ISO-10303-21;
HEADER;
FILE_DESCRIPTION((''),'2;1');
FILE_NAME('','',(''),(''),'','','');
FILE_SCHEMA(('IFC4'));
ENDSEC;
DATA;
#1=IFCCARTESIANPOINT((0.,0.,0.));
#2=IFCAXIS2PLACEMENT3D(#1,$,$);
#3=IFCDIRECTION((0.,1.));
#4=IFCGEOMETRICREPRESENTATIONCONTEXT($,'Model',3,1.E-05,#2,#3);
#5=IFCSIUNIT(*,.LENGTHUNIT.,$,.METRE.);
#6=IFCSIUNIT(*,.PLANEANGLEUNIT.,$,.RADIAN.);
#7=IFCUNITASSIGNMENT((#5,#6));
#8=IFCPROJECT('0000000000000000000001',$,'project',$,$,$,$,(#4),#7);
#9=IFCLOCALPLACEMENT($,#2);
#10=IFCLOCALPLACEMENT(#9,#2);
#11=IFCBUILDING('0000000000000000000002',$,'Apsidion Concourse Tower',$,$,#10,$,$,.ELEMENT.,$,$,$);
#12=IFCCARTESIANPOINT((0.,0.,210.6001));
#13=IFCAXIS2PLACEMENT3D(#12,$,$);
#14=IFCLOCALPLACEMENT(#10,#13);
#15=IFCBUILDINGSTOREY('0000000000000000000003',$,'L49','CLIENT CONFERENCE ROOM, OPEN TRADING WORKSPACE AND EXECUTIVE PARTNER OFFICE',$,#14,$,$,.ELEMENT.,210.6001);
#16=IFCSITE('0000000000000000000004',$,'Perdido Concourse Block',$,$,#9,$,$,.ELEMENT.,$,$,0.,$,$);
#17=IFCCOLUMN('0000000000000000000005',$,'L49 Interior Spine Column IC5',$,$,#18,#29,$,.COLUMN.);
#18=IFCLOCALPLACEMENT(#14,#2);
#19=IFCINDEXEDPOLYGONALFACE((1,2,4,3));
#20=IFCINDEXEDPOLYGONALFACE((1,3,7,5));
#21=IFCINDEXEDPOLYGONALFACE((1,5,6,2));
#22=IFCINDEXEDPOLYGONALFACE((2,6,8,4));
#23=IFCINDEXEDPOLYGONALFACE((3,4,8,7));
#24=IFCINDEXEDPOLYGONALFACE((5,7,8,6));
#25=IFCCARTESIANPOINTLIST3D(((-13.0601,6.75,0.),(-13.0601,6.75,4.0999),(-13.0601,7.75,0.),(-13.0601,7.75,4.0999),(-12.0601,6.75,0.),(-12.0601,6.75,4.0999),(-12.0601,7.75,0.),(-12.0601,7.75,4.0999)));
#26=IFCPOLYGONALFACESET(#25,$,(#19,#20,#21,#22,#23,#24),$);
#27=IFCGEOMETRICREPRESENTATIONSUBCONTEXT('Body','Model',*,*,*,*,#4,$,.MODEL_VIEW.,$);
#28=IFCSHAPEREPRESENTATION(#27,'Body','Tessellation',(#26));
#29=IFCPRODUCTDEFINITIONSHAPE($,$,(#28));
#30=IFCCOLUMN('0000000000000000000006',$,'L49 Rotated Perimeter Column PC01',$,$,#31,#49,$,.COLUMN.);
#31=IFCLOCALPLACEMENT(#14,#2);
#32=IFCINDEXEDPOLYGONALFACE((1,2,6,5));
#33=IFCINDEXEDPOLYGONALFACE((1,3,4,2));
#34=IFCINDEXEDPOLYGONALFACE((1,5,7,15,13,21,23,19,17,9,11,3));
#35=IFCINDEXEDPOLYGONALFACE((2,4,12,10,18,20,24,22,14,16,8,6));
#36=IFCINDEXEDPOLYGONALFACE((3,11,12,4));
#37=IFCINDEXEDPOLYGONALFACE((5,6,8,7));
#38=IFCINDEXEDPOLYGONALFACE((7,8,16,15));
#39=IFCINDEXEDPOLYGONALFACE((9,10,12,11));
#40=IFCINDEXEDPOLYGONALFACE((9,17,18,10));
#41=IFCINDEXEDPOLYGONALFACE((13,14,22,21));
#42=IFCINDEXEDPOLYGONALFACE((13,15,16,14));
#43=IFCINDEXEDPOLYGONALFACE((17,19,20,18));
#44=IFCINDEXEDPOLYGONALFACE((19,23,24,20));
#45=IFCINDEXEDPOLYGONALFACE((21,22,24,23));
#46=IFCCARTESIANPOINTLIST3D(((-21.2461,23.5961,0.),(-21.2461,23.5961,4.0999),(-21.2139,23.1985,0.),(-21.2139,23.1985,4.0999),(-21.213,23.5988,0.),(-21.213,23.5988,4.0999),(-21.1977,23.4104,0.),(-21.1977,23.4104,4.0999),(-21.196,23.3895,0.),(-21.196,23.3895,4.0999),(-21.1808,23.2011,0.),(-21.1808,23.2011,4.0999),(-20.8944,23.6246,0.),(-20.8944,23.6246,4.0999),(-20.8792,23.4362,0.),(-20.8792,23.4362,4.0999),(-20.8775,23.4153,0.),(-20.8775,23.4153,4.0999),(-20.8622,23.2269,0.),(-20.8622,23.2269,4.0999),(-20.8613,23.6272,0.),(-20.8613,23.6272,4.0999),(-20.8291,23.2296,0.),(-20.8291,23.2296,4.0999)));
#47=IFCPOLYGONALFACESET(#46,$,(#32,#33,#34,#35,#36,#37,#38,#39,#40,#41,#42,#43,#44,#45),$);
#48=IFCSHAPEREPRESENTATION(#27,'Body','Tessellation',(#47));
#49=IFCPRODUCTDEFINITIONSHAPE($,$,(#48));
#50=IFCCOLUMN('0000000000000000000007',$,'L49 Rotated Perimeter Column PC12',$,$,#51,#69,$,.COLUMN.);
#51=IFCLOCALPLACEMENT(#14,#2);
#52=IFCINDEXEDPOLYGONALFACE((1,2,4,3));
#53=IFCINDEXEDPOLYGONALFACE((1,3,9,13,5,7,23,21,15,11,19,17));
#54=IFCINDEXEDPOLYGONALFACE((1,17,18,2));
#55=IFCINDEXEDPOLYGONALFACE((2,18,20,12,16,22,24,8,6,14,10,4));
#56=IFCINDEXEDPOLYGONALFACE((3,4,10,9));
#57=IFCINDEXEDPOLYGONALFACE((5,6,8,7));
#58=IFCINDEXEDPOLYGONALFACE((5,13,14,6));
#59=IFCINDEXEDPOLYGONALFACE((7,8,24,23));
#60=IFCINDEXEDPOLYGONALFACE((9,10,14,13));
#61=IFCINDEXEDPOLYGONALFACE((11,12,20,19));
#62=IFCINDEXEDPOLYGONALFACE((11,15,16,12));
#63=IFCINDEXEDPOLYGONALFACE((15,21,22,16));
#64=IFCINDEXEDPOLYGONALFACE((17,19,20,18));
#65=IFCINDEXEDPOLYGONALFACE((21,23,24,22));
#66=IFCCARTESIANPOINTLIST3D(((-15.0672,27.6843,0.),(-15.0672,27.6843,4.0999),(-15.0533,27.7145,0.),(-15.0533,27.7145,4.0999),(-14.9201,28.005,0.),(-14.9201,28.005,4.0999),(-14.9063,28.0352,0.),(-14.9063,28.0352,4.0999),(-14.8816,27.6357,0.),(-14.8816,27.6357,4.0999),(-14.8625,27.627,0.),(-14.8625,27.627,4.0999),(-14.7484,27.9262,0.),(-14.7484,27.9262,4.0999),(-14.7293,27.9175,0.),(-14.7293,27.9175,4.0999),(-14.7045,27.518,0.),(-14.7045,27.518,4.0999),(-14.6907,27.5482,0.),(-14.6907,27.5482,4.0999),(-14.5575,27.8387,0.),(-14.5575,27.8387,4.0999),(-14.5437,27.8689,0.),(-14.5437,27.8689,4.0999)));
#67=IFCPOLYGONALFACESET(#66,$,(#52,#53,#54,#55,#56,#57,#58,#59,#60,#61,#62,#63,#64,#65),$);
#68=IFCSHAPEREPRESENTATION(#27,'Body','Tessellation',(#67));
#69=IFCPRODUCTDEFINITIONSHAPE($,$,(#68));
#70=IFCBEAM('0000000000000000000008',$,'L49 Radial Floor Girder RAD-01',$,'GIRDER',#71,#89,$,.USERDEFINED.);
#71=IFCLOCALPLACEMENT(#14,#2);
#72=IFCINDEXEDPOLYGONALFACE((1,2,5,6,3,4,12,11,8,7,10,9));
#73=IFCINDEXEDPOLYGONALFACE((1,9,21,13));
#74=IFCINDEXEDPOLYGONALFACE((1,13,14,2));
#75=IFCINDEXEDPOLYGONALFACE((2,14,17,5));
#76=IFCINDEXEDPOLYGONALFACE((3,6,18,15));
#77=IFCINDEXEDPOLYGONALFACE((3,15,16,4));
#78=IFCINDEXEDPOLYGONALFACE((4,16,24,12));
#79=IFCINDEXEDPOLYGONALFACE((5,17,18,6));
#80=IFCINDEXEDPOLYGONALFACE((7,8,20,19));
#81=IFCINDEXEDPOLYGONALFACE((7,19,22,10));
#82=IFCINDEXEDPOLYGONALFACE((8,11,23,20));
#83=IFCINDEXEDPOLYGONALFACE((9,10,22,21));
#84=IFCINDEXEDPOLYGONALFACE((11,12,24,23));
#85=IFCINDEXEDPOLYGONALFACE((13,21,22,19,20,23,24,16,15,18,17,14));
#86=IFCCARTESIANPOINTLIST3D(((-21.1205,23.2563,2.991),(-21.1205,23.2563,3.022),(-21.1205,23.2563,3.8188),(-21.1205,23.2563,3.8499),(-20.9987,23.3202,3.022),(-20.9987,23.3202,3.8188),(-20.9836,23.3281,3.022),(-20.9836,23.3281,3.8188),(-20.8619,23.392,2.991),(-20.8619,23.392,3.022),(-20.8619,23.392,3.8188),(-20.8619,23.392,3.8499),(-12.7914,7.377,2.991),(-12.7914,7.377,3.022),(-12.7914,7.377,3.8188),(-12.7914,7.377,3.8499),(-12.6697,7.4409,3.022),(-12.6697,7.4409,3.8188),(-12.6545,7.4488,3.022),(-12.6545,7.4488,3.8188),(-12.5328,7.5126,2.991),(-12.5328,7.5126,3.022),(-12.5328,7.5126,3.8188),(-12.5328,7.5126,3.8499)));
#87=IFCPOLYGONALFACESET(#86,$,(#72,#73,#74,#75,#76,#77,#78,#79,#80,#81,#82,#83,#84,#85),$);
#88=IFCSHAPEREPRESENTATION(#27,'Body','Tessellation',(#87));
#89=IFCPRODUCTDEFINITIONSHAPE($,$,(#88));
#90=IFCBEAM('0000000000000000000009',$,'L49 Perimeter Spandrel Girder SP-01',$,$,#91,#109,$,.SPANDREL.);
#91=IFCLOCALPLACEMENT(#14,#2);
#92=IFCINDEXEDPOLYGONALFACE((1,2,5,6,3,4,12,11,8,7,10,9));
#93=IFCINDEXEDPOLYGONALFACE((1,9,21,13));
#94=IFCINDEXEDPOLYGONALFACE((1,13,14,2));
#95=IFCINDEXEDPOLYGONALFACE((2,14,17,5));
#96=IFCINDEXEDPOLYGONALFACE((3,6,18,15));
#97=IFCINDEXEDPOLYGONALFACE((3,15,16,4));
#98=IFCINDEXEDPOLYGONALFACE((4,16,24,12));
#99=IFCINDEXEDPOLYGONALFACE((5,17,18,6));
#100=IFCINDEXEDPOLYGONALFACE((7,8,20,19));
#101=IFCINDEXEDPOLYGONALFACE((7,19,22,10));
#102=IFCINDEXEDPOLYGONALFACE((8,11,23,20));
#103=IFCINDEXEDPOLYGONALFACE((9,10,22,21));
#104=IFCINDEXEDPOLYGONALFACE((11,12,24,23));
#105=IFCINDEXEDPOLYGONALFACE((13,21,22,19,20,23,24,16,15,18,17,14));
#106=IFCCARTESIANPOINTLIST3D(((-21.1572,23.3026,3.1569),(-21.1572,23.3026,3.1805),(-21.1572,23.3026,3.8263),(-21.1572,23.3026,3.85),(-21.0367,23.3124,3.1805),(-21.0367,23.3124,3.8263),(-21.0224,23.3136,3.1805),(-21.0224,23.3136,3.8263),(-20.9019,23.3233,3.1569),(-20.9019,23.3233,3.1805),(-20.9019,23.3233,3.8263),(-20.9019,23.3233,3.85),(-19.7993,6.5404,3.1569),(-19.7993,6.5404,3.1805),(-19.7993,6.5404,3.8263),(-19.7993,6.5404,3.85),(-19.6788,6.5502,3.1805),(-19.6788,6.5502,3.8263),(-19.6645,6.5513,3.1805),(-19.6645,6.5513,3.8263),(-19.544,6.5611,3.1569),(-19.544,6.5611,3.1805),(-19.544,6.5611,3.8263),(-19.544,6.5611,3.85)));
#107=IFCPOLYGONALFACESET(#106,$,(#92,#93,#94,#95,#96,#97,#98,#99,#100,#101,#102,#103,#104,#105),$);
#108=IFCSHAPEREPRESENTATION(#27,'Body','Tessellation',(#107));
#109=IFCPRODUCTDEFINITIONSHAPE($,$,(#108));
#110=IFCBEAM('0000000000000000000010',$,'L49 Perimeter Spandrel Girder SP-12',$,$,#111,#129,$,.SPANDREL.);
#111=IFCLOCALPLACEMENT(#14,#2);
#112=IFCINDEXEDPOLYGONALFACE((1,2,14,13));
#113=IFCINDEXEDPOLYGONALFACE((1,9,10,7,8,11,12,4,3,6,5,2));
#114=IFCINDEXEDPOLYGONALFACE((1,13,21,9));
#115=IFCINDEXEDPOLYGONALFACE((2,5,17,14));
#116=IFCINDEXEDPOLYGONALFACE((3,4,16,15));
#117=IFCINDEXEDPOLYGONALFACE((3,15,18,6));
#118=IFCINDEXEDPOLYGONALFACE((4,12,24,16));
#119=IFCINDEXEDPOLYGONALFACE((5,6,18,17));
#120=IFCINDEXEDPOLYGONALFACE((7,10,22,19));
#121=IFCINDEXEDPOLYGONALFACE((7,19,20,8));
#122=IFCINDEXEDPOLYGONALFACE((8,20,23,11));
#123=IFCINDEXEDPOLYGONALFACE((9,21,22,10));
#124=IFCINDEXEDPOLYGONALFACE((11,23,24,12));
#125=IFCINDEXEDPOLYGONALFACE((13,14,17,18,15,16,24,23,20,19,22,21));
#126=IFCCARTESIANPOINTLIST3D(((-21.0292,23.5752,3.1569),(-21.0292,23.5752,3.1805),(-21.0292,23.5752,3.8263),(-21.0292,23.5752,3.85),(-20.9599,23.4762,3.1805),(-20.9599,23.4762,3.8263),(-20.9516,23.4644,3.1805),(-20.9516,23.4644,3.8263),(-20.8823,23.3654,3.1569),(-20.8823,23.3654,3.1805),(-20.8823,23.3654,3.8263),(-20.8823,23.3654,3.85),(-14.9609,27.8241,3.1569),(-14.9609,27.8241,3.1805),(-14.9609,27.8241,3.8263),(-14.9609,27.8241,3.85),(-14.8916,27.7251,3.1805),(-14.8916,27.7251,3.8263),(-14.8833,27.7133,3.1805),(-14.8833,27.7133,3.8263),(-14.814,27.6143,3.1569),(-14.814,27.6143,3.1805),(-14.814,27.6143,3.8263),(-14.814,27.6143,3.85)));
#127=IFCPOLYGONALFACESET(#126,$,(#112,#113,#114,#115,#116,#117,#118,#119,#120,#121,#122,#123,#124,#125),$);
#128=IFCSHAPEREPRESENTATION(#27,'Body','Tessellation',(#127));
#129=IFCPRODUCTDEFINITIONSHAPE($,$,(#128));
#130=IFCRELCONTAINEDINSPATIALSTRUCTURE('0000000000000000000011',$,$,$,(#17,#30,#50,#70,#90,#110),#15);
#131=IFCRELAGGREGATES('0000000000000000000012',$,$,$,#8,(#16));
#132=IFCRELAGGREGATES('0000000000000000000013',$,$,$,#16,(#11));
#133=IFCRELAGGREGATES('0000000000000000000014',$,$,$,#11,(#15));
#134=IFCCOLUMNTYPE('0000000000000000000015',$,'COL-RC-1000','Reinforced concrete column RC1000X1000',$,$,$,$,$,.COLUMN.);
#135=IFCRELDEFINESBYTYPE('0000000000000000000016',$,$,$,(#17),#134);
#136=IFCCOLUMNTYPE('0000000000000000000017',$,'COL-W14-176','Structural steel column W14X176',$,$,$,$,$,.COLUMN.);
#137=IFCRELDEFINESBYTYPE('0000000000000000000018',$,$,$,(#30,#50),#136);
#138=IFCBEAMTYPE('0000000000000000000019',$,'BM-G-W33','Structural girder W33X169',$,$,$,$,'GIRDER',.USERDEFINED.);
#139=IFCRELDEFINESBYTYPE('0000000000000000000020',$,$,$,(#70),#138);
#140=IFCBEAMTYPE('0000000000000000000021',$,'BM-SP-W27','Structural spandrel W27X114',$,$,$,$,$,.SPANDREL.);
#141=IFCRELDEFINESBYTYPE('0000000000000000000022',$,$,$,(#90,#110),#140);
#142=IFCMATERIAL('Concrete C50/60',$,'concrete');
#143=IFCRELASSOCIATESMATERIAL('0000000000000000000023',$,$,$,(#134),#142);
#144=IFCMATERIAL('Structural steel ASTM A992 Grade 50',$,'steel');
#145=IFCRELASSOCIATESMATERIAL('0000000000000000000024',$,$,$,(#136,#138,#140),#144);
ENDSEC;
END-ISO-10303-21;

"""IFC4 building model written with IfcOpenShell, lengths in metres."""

from ifc_helpers import new_model, si_unit, direction, frame, origin, origin_2d, place, context, subcontext, project, spatial, rectangle, i_section, extrude, material, material_profile, profile_set, type_object, element, save


model = new_model("IFC4")

# Units and contexts
model_context = context("Model", 3, precision=1e-05, world=origin(), true_north=direction((0.0, 1.0)))
body_context = subcontext(model_context, "Body", "Model", "MODEL_VIEW")
ifc_project = project(units=[si_unit("LENGTHUNIT", "METRE"), si_unit("PLANEANGLEUNIT", "RADIAN")], contexts=[model_context])

# Site, building, storey
site_placement = place(None, origin())
site = spatial("IfcSite", under=ifc_project, at=site_placement, Name="Perdido Concourse Block", CompositionType="ELEMENT", RefElevation=0.0)
building_placement = place(site_placement, origin())
building = spatial("IfcBuilding", under=site, at=building_placement, Name="Apsidion Concourse Tower", CompositionType="ELEMENT")
storey_placement = place(building_placement, frame((0.0, 0.0, 210.6001)))
storey = spatial("IfcBuildingStorey", under=building, at=storey_placement, Name="L49", Description="CLIENT CONFERENCE ROOM, OPEN TRADING WORKSPACE AND EXECUTIVE PARTNER OFFICE", CompositionType="ELEMENT", Elevation=210.6001)

# Columns
ifc_material_1 = material(Name="Concrete C50/60", Category="concrete")
ifc_material_profile_1 = material_profile(ifc_material_1, rectangle(XDim=1.0, YDim=1.0, at=origin_2d()), Name="RC 1000x1000")
ifc_profile_set_1 = profile_set([ifc_material_profile_1], Name="Concrete C50/60")
column_type_1 = type_object("IfcColumnType", Name="COL-RC-1000", Description="Reinforced concrete column RC1000X1000", PredefinedType="COLUMN", material=ifc_profile_set_1)
column_placement = place(storey_placement, frame((-12.5601, 7.25, 0.0), z_axis=(0.0, 0.0, 1.0), x_axis=(1.0, 0.0, 0.0)))
element("IfcColumn", 1, at=column_placement, inside=storey, type_object=column_type_1, Name="L49 Interior Spine Column IC5", PredefinedType="COLUMN", context=body_context, shape_type="SweptSolid", body=[
    extrude(rectangle(XDim=1.0, YDim=1.0, at=origin_2d()), origin(), (0.0, 0.0, 1.0), 4.0999),
])
ifc_material_2 = material(Name="Structural steel ASTM A992 Grade 50", Category="steel")
ifc_material_profile_2 = material_profile(ifc_material_2, i_section(OverallWidth=0.3989, OverallDepth=0.386, WebThickness=0.021, FlangeThickness=0.0332, at=origin_2d()), Name="W14X176")
ifc_profile_set_2 = profile_set([ifc_material_profile_2], Name="Structural steel ASTM A992 Grade 50")
column_type_2 = type_object("IfcColumnType", Name="COL-W14-176", Description="Structural steel column W14X176", PredefinedType="COLUMN", material=ifc_profile_set_2)
for number, where, z_axis, x_axis, name in (
    (2, (-21.0376, 23.4128, 0.0), (0.0, 0.0, 1.0), (-0.080721, 0.996737, 0.0), "L49 Rotated Perimeter Column PC01"),
    (3, (-14.8054, 27.7766, 0.0), (0.0, 0.0, 1.0), (-0.909018, 0.416757, 0.0), "L49 Rotated Perimeter Column PC12"),
):
    element("IfcColumn", number, at=place(storey_placement, frame(where, z_axis=z_axis, x_axis=x_axis)), inside=storey, type_object=column_type_2, Name=name, PredefinedType="COLUMN", context=body_context, shape_type="SweptSolid", body=[
        extrude(i_section(OverallWidth=0.3989, OverallDepth=0.386, WebThickness=0.021, FlangeThickness=0.0332, at=origin_2d()), origin(), (0.0, 0.0, 1.0), 4.0999),
    ])

# Beams
ifc_material_profile_3 = material_profile(ifc_material_2, i_section(OverallWidth=0.292, OverallDepth=0.8589, WebThickness=0.0171, FlangeThickness=0.031, at=origin_2d()), Name="W33X169")
ifc_profile_set_3 = profile_set([ifc_material_profile_3], Name="Structural steel ASTM A992 Grade 50")
beam_type_1 = type_object("IfcBeamType", Name="BM-G-W33", Description="Structural girder W33X169", ElementType="GIRDER", PredefinedType="USERDEFINED", material=ifc_profile_set_3)
beam_1_placement = place(storey_placement, frame((-12.6621, 7.4448, 3.4204), z_axis=(-0.464502, 0.885572, 0.0), x_axis=(-0.885572, -0.464502, 0.0)))
element("IfcBeam", 4, at=beam_1_placement, inside=storey, type_object=beam_type_1, Name="L49 Radial Floor Girder RAD-01", ObjectType="GIRDER", PredefinedType="USERDEFINED", context=body_context, shape_type="SweptSolid", body=[
    extrude(i_section(OverallWidth=0.292, OverallDepth=0.8589, WebThickness=0.0171, FlangeThickness=0.031, at=origin_2d()), origin(), (0.0, 0.0, 1.0), 17.9312),
])
ifc_material_profile_4 = material_profile(ifc_material_2, i_section(OverallWidth=0.2561, OverallDepth=0.6931, WebThickness=0.0144, FlangeThickness=0.0237, at=origin_2d()), Name="W27X114")
ifc_profile_set_4 = profile_set([ifc_material_profile_4], Name="Structural steel ASTM A992 Grade 50")
beam_type_2 = type_object("IfcBeamType", Name="BM-SP-W27", Description="Structural spandrel W27X114", PredefinedType="SPANDREL", material=ifc_profile_set_4)
beam_2_placement = place(storey_placement, frame((-21.0295, 23.313, 3.5034), z_axis=(0.080746, -0.996735, 0.0), x_axis=(0.996735, 0.080746, 0.0)))
element("IfcBeam", 5, at=beam_2_placement, inside=storey, type_object=beam_type_2, Name="L49 Perimeter Spandrel Girder SP-01", PredefinedType="SPANDREL", context=body_context, shape_type="SweptSolid", body=[
    extrude(i_section(OverallWidth=0.2561, OverallDepth=0.6931, WebThickness=0.0144, FlangeThickness=0.0237, at=origin_2d()), origin(), (0.0, 0.0, 1.0), 16.8171),
])
beam_3_placement = place(storey_placement, frame((-14.8875, 27.7192, 3.5034), z_axis=(-0.819158, -0.573569, 0.0), x_axis=(0.573569, -0.819158, 0.0)))
element("IfcBeam", 6, at=beam_3_placement, inside=storey, type_object=beam_type_2, Name="L49 Perimeter Spandrel Girder SP-12", PredefinedType="SPANDREL", context=body_context, shape_type="SweptSolid", body=[
    extrude(i_section(OverallWidth=0.2561, OverallDepth=0.6931, WebThickness=0.0144, FlangeThickness=0.0237, at=origin_2d()), origin(), (0.0, 0.0, 1.0), 7.408),
])

save(model, "model.ifc")
